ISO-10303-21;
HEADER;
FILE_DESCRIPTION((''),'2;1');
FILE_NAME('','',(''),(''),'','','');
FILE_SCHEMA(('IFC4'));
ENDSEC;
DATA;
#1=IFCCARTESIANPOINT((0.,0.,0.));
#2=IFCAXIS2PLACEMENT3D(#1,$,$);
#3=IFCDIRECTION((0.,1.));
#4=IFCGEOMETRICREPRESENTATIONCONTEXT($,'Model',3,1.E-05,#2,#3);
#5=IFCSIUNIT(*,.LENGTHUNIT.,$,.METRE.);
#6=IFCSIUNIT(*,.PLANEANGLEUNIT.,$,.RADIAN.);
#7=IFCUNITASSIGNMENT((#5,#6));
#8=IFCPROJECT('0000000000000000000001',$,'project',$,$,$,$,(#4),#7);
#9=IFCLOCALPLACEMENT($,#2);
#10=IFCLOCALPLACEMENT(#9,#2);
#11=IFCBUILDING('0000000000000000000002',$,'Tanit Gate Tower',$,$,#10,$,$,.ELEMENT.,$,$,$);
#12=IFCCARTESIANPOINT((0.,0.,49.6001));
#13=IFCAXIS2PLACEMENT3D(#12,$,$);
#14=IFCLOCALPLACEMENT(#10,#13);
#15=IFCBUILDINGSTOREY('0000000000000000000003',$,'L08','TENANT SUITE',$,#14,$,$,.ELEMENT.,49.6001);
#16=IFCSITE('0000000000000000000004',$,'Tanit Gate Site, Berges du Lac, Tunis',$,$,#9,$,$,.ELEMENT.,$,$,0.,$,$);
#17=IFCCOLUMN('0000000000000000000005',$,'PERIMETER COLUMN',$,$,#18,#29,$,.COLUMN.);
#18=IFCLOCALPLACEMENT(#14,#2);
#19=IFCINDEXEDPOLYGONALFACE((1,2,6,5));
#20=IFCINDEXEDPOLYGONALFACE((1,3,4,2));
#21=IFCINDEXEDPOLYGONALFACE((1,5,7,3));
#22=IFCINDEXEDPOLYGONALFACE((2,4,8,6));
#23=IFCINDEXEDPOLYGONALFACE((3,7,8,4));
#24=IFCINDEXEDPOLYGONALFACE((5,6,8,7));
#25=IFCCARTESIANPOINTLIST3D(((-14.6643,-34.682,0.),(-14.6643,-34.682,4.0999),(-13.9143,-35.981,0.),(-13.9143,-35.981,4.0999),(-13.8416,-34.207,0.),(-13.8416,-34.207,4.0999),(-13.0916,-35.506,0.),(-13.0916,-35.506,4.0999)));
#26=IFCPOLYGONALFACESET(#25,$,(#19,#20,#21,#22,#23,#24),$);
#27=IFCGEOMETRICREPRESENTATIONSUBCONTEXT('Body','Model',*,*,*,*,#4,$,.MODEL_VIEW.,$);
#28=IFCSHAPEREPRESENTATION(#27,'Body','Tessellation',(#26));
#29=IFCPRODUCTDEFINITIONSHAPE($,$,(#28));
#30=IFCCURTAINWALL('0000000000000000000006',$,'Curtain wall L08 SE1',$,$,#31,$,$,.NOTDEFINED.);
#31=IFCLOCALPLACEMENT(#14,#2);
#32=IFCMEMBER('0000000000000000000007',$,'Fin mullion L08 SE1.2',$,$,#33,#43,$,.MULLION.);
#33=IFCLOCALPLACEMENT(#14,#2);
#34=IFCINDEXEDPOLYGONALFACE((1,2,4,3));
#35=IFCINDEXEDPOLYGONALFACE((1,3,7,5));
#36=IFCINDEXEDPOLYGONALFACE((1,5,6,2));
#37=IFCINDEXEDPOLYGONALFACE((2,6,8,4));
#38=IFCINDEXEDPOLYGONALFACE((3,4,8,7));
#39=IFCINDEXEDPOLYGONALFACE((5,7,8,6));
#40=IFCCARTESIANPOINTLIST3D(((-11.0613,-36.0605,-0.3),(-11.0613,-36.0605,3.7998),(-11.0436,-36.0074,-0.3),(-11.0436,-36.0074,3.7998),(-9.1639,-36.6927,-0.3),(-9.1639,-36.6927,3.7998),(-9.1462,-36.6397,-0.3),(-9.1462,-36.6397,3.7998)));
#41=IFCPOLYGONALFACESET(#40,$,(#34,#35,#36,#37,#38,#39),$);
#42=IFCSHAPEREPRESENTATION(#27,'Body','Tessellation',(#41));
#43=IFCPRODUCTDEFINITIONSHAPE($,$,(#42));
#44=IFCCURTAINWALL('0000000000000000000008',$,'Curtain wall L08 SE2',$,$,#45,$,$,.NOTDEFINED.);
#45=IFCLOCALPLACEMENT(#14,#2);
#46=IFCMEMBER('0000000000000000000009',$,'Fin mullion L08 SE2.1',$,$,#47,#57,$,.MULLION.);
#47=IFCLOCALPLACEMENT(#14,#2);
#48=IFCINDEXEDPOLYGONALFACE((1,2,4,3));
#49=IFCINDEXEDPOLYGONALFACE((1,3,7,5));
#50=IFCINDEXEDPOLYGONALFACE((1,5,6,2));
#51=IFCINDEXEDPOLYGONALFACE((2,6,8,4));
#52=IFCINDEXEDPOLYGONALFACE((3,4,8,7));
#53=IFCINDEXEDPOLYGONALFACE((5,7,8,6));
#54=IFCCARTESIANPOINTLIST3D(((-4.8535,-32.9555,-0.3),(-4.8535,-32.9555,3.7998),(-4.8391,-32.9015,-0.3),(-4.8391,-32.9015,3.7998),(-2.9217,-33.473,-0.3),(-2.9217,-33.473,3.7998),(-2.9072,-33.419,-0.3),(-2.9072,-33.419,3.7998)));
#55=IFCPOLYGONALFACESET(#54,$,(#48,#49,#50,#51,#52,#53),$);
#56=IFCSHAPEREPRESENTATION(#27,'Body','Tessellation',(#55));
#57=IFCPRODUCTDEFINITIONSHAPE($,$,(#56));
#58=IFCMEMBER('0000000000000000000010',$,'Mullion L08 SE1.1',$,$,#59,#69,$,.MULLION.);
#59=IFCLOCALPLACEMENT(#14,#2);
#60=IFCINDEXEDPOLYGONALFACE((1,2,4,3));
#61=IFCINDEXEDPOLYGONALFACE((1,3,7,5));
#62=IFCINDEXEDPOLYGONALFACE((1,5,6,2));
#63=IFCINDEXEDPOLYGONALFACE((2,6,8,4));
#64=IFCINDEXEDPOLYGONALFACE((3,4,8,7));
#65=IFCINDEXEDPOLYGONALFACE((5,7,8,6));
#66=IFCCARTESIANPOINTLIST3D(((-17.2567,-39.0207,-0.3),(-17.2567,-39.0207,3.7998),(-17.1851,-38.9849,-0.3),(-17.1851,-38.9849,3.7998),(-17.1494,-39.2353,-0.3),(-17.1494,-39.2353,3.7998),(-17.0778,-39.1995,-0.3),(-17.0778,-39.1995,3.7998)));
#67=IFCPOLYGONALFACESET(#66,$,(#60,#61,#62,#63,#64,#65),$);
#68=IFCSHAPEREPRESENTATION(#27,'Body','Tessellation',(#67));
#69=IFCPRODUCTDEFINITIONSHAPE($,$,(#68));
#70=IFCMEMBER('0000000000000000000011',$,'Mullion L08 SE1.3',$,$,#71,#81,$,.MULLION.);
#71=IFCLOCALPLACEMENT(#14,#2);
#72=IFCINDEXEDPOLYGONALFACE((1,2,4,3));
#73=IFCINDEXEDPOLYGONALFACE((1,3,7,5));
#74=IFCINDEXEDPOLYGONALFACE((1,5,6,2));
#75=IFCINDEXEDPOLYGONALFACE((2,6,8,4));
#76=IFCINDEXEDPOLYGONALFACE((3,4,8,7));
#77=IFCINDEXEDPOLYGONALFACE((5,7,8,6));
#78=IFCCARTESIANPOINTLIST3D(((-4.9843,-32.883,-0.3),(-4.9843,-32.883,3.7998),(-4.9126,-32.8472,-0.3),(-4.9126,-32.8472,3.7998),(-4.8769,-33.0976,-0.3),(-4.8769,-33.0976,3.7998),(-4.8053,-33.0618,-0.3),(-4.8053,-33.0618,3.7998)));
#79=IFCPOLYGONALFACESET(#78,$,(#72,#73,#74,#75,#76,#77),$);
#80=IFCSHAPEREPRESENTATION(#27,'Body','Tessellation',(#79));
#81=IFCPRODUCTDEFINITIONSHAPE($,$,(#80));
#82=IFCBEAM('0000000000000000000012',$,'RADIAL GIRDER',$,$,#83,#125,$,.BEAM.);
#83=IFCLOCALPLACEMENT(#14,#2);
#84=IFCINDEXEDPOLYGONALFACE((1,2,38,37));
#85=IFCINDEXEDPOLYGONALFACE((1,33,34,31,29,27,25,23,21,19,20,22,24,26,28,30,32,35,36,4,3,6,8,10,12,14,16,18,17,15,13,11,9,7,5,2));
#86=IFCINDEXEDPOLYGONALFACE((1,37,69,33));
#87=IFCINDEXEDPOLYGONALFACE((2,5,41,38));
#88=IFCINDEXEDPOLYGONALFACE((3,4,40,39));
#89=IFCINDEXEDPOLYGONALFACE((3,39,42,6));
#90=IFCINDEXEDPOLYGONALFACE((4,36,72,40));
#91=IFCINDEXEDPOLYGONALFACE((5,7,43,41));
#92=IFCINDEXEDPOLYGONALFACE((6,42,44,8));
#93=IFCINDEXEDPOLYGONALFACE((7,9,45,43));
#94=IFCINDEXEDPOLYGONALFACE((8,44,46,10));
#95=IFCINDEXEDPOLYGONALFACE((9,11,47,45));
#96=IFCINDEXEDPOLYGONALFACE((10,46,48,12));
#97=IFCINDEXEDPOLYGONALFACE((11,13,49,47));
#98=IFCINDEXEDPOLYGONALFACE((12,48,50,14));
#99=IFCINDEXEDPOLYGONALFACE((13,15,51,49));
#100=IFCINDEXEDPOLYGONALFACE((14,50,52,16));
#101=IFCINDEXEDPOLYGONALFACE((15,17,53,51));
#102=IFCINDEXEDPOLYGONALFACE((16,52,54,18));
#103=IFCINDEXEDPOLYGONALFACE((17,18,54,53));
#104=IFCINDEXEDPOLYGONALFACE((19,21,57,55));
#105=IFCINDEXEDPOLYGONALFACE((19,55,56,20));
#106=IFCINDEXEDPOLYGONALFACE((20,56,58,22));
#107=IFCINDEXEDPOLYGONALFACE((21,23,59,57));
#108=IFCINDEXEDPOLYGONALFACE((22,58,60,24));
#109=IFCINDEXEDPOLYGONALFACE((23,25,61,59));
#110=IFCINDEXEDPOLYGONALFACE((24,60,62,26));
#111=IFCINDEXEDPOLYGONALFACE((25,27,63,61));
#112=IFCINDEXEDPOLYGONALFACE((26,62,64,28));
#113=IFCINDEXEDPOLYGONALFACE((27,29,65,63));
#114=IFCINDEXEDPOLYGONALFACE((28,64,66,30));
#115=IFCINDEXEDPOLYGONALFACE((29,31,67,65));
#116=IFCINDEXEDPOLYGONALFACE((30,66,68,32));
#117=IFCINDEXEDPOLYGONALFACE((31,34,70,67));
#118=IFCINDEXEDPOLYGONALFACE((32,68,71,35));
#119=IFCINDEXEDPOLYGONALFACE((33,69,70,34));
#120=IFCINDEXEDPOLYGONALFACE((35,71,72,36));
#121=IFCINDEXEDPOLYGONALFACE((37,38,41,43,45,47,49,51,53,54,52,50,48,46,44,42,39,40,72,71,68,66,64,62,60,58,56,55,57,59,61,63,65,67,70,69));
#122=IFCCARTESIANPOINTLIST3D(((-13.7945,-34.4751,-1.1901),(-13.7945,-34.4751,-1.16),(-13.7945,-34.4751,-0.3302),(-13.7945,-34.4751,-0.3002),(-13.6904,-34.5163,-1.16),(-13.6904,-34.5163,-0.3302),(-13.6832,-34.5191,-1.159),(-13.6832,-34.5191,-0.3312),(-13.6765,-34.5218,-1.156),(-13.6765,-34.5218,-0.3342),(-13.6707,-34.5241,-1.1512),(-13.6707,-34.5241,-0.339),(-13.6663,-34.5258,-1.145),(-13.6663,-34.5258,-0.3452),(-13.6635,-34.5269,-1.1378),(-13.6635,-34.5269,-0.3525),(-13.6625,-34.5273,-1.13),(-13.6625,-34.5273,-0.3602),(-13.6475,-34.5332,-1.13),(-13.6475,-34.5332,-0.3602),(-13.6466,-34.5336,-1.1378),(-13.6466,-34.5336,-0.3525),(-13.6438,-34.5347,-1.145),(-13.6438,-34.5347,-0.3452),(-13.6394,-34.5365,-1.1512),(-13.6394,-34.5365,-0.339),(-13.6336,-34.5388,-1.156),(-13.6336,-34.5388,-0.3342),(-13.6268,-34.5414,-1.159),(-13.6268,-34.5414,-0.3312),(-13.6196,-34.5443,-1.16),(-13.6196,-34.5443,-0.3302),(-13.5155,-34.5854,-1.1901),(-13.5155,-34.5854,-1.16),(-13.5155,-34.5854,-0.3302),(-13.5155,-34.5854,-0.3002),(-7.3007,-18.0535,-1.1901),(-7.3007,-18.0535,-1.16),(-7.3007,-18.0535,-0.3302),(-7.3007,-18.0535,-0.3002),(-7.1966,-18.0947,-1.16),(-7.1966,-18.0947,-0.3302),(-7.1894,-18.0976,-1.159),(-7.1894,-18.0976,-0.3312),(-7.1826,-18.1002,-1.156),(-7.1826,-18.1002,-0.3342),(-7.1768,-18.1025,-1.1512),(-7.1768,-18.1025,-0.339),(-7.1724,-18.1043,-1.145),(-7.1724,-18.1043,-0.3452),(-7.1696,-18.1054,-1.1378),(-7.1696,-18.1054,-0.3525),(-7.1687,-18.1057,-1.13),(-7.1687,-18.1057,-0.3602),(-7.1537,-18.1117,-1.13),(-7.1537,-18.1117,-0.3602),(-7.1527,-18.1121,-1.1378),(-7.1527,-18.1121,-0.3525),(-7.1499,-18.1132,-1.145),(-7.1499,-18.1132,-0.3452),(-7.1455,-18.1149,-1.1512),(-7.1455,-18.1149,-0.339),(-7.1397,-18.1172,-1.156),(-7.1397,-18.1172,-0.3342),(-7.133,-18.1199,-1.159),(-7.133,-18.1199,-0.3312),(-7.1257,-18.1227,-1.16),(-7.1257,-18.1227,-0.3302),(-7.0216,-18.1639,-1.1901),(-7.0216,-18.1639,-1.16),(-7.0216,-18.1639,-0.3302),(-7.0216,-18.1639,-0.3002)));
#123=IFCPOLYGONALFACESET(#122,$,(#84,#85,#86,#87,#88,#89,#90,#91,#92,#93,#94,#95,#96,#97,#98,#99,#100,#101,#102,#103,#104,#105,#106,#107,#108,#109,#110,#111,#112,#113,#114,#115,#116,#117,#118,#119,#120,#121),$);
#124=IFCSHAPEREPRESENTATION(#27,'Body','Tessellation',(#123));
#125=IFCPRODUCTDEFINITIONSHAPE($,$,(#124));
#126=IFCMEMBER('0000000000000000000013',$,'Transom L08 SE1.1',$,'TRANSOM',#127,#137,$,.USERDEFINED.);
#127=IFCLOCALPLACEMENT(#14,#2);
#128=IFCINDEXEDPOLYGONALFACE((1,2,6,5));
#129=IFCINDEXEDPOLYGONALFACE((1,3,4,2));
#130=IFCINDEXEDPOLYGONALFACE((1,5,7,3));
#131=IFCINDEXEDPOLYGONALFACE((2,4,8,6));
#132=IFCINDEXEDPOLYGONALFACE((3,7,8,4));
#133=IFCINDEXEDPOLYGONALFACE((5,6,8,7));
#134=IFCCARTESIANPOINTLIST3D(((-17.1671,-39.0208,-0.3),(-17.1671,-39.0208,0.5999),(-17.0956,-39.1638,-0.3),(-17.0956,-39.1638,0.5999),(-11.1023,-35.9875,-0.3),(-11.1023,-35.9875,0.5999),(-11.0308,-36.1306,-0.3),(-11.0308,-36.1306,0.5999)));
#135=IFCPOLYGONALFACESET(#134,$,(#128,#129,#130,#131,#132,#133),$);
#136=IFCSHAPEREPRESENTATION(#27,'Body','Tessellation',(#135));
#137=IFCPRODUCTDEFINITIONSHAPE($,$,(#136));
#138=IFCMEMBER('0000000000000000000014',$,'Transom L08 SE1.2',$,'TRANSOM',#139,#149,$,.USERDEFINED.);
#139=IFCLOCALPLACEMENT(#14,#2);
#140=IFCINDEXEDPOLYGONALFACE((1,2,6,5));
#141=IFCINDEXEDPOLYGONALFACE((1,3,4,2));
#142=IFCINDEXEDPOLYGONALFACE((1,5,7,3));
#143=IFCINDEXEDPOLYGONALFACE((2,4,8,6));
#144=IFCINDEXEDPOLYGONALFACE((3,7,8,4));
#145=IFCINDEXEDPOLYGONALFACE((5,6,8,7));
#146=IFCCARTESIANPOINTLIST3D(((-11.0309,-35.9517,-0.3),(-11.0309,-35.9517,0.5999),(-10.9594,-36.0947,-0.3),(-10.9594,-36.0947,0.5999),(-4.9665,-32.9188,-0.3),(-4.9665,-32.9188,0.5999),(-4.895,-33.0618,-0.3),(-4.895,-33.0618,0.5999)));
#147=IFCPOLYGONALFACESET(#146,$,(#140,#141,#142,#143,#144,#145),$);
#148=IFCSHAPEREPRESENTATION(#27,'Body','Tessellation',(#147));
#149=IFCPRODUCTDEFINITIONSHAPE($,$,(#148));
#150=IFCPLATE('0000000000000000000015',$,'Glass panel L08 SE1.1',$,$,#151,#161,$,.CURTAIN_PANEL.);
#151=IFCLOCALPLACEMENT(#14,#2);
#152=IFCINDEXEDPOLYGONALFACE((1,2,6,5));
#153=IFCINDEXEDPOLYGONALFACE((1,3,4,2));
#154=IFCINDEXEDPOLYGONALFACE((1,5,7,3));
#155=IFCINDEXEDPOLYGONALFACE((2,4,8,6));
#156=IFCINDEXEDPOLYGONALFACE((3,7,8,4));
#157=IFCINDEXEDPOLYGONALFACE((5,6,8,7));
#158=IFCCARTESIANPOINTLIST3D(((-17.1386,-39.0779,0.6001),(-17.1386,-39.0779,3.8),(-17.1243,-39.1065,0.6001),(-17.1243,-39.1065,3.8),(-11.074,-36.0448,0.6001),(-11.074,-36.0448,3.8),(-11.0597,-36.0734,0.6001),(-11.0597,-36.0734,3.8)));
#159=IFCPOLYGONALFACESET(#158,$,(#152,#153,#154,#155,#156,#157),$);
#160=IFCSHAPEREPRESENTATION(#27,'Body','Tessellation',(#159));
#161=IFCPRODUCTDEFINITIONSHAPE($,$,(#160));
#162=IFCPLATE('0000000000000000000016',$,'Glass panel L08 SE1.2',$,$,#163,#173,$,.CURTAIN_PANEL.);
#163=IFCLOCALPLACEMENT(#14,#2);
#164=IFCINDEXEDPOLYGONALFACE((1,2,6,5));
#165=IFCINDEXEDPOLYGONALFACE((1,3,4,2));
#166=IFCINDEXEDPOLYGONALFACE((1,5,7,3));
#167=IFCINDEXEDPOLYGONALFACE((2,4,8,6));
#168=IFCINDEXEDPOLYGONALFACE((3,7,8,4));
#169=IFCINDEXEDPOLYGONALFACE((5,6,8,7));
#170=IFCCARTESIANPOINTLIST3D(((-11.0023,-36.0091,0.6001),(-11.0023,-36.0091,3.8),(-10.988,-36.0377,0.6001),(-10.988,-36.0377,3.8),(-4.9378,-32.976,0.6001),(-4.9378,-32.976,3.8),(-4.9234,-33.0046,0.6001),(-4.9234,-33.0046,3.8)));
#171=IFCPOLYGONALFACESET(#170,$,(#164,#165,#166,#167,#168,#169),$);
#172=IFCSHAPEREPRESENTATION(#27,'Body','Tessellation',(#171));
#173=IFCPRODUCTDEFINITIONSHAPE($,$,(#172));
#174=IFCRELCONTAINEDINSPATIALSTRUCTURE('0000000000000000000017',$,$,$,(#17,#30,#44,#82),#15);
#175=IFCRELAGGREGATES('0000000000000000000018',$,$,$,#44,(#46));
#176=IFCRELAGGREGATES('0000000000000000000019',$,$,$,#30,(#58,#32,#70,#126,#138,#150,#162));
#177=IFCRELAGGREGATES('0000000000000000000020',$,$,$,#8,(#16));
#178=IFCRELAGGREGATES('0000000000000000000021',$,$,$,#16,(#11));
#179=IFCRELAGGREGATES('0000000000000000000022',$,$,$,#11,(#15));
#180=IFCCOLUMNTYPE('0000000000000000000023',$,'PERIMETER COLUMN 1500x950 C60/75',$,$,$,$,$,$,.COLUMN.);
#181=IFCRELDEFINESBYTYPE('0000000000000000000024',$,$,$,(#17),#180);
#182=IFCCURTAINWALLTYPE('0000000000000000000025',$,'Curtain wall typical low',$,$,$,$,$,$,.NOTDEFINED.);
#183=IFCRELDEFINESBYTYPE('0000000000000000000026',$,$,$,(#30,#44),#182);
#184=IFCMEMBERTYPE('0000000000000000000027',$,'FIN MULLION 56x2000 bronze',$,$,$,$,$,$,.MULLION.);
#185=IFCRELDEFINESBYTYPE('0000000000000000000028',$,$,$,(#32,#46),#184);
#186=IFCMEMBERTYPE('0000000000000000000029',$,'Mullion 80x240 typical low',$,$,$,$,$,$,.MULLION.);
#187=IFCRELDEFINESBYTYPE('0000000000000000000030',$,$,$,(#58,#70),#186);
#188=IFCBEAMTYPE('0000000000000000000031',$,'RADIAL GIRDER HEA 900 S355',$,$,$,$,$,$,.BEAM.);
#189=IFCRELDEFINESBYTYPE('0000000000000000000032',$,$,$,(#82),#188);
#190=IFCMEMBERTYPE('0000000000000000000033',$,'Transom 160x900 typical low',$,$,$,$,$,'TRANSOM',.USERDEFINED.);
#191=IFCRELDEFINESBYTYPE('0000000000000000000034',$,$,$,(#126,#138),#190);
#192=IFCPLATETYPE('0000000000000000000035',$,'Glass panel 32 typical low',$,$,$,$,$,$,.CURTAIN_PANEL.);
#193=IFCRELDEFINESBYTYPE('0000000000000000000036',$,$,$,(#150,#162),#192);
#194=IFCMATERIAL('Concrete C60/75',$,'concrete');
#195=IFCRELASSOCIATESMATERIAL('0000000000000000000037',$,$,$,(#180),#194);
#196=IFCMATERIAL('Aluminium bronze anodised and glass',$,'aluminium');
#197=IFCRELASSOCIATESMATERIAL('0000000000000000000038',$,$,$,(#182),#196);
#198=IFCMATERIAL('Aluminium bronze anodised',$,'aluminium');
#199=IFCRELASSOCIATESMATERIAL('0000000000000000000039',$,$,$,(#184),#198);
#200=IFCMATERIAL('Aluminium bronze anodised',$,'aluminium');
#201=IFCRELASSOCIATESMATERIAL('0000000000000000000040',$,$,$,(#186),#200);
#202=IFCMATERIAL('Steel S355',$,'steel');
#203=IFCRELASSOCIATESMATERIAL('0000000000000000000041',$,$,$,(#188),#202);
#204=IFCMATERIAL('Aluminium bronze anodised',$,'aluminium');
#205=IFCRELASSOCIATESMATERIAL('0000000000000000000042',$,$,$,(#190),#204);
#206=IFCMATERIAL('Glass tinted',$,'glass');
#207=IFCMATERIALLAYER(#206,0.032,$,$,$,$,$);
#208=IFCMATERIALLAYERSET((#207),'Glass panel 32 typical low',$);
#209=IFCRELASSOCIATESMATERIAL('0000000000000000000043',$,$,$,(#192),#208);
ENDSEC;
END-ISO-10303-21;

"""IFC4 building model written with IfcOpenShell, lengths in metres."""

from ifc_helpers import new_model, si_unit, direction, frame, origin, origin_2d, place, context, subcontext, project, spatial, rectangle, i_section, extrude, material, layer, layer_set, material_profile, profile_set, type_object, element, aggregate, save


model = new_model("IFC4")

# Units and contexts
model_context = context("Model", 3, precision=1e-05, world=origin(), true_north=direction((0.0, 1.0)))
body_context = subcontext(model_context, "Body", "Model", "MODEL_VIEW")
ifc_project = project(units=[si_unit("LENGTHUNIT", "METRE"), si_unit("PLANEANGLEUNIT", "RADIAN")], contexts=[model_context])

# Site, building, storey
site_placement = place(None, origin())
site = spatial("IfcSite", under=ifc_project, at=site_placement, Name="Tanit Gate Site, Berges du Lac, Tunis", CompositionType="ELEMENT", RefElevation=0.0)
building_placement = place(site_placement, origin())
building = spatial("IfcBuilding", under=site, at=building_placement, Name="Tanit Gate Tower", CompositionType="ELEMENT")
storey_placement = place(building_placement, frame((0.0, 0.0, 49.6001)))
storey = spatial("IfcBuildingStorey", under=building, at=storey_placement, Name="L08", Description="TENANT SUITE", CompositionType="ELEMENT", Elevation=49.6001)

# Column
ifc_material_1 = material(Name="Concrete C60/75", Category="concrete")
ifc_material_profile_1 = material_profile(ifc_material_1, rectangle(XDim=1.5, YDim=0.95, at=origin_2d()), Name="RC 1500x950")
ifc_profile_set_1 = profile_set([ifc_material_profile_1], Name="Concrete C60/75")
column_type = type_object("IfcColumnType", Name="PERIMETER COLUMN 1500x950 C60/75", PredefinedType="COLUMN", material=ifc_profile_set_1)
column_placement = place(storey_placement, frame((-13.8779, -35.094, 0.0), z_axis=(0.0, 0.0, 1.0), x_axis=(0.5, -0.866025, 0.0)))
element("IfcColumn", 1, at=column_placement, inside=storey, type_object=column_type, Name="PERIMETER COLUMN", PredefinedType="COLUMN", context=body_context, shape_type="SweptSolid", body=[
    extrude(rectangle(XDim=1.5, YDim=0.95, at=origin_2d()), origin(), (0.0, 0.0, 1.0), 4.0999),
])

# Curtain walls, members
ifc_material_2 = material(Name="Aluminium bronze anodised and glass", Category="aluminium")
curtain_wall_type = type_object("IfcCurtainWallType", Name="Curtain wall typical low", PredefinedType="NOTDEFINED", material=ifc_material_2)
curtain_wall_1_placement = place(storey_placement, origin())
curtain_wall_1 = element("IfcCurtainWall", 2, at=curtain_wall_1_placement, inside=storey, type_object=curtain_wall_type, Name="Curtain wall L08 SE1", PredefinedType="NOTDEFINED")
ifc_material_3 = material(Name="Aluminium bronze anodised", Category="aluminium")
ifc_material_profile_2 = material_profile(ifc_material_3, rectangle(XDim=2.0, YDim=0.0559, at=origin_2d()), Name="56x2000 bronze fin mullion")
ifc_profile_set_2 = profile_set([ifc_material_profile_2], Name="Aluminium bronze anodised")
member_type_1 = type_object("IfcMemberType", Name="FIN MULLION 56x2000 bronze", PredefinedType="MULLION", material=ifc_profile_set_2)
member_1_placement = place(storey_placement, frame((-10.1038, -36.3501, -0.3), z_axis=(0.0, 0.0, 1.0), x_axis=(-0.948716, 0.316129, 0.0)))
member_1 = element("IfcMember", 3, at=member_1_placement, type_object=member_type_1, Name="Fin mullion L08 SE1.2", PredefinedType="MULLION", context=body_context, shape_type="SweptSolid", body=[
    extrude(rectangle(XDim=2.0, YDim=0.0559, at=origin_2d()), origin(), (0.0, 0.0, 1.0), 4.0999),
])
curtain_wall_2_placement = place(storey_placement, origin())
curtain_wall_2 = element("IfcCurtainWall", 4, at=curtain_wall_2_placement, inside=storey, type_object=curtain_wall_type, Name="Curtain wall L08 SE2", PredefinedType="NOTDEFINED")
member_2_placement = place(storey_placement, frame((-3.8804, -33.1873, -0.3), z_axis=(0.0, 0.0, 1.0), x_axis=(-0.965944, 0.258752, 0.0)))
member_2 = element("IfcMember", 5, at=member_2_placement, type_object=member_type_1, Name="Fin mullion L08 SE2.1", PredefinedType="MULLION", context=body_context, shape_type="SweptSolid", body=[
    extrude(rectangle(XDim=2.0, YDim=0.0559, at=origin_2d()), origin(), (0.0, 0.0, 1.0), 4.0999),
])
aggregate(curtain_wall_2, [member_2])

# Members
ifc_material_4 = material(Name="Aluminium bronze anodised", Category="aluminium")
ifc_material_profile_3 = material_profile(ifc_material_4, rectangle(XDim=0.24, YDim=0.0801, at=origin_2d()), Name="80x240 bronze mullion")
ifc_profile_set_3 = profile_set([ifc_material_profile_3], Name="Aluminium bronze anodised")
member_type_2 = type_object("IfcMemberType", Name="Mullion 80x240 typical low", PredefinedType="MULLION", material=ifc_profile_set_3)
member_3_placement = place(storey_placement, frame((-17.1672, -39.1101, -0.3), z_axis=(0.0, 0.0, 1.0), x_axis=(-0.447307, 0.894381, 0.0)))
member_3 = element("IfcMember", 6, at=member_3_placement, type_object=member_type_2, Name="Mullion L08 SE1.1", PredefinedType="MULLION", context=body_context, shape_type="SweptSolid", body=[
    extrude(rectangle(XDim=0.24, YDim=0.0801, at=origin_2d()), origin(), (0.0, 0.0, 1.0), 4.0999),
])
member_4_placement = place(storey_placement, frame((-4.8948, -32.9724, -0.3), z_axis=(0.0, 0.0, 1.0), x_axis=(-0.447307, 0.894381, 0.0)))
member_4 = element("IfcMember", 7, at=member_4_placement, type_object=member_type_2, Name="Mullion L08 SE1.3", PredefinedType="MULLION", context=body_context, shape_type="SweptSolid", body=[
    extrude(rectangle(XDim=0.24, YDim=0.0801, at=origin_2d()), origin(), (0.0, 0.0, 1.0), 4.0999),
])

# Beam
ifc_material_5 = material(Name="Steel S355", Category="steel")
ifc_material_profile_4 = material_profile(ifc_material_5, i_section(OverallWidth=0.3, OverallDepth=0.8899, WebThickness=0.0161, FlangeThickness=0.03, FilletRadius=0.03, at=origin_2d()), Name="HEA 900")
ifc_profile_set_4 = profile_set([ifc_material_profile_4], Name="Steel S355")
beam_type = type_object("IfcBeamType", Name="RADIAL GIRDER HEA 900 S355", PredefinedType="BEAM", material=ifc_profile_set_4)
beam_placement = place(storey_placement, frame((-13.655, -34.5303, -0.7451), z_axis=(0.367738, 0.929929, 0.0), x_axis=(-0.929929, 0.367738, 0.0)))
element("IfcBeam", 8, at=beam_placement, inside=storey, type_object=beam_type, Name="RADIAL GIRDER", PredefinedType="BEAM", context=body_context, shape_type="SweptSolid", body=[
    extrude(i_section(OverallWidth=0.3, OverallDepth=0.8899, WebThickness=0.0161, FlangeThickness=0.03, FilletRadius=0.03, at=origin_2d()), origin(), (0.0, 0.0, 1.0), 17.6589),
])

# Members
ifc_material_6 = material(Name="Aluminium bronze anodised", Category="aluminium")
ifc_material_profile_5 = material_profile(ifc_material_6, rectangle(XDim=0.1599, YDim=0.8999, at=origin_2d()), Name="160x900 bronze transom")
ifc_profile_set_5 = profile_set([ifc_material_profile_5], Name="Aluminium bronze anodised")
member_type_3 = type_object("IfcMemberType", Name="Transom 160x900 typical low", ElementType="TRANSOM", PredefinedType="USERDEFINED", material=ifc_profile_set_5)
member_5_placement = place(storey_placement, frame((-17.1313, -39.0923, 0.1499), z_axis=(0.894377, 0.447314, 0.0), x_axis=(-0.447314, 0.894377, 0.0)))
member_5 = element("IfcMember", 9, at=member_5_placement, type_object=member_type_3, Name="Transom L08 SE1.1", ObjectType="TRANSOM", PredefinedType="USERDEFINED", context=body_context, shape_type="SweptSolid", body=[
    extrude(rectangle(XDim=0.1599, YDim=0.8999, at=origin_2d()), origin(), (0.0, 0.0, 1.0), 6.781),
])
member_6_placement = place(storey_placement, frame((-10.9951, -36.0232, 0.1499), z_axis=(0.894384, 0.4473, 0.0), x_axis=(-0.4473, 0.894384, 0.0)))
member_6 = element("IfcMember", 10, at=member_6_placement, type_object=member_type_3, Name="Transom L08 SE1.2", ObjectType="TRANSOM", PredefinedType="USERDEFINED", context=body_context, shape_type="SweptSolid", body=[
    extrude(rectangle(XDim=0.1599, YDim=0.8999, at=origin_2d()), origin(), (0.0, 0.0, 1.0), 6.7805),
])

# Plates
ifc_material_7 = material(Name="Glass tinted", Category="glass")
ifc_layer = layer(ifc_material_7, 0.032)
ifc_layer_set = layer_set([ifc_layer], Name="Glass panel 32 typical low")
plate_type = type_object("IfcPlateType", Name="Glass panel 32 typical low", PredefinedType="CURTAIN_PANEL", material=ifc_layer_set)
plate_1_placement = place(storey_placement, frame((-14.0991, -37.5757, 0.6001), z_axis=(0.0, 0.0, 1.0), x_axis=(0.894381, 0.447307, 0.0)))
plate_1 = element("IfcPlate", 11, at=plate_1_placement, type_object=plate_type, Name="Glass panel L08 SE1.1", PredefinedType="CURTAIN_PANEL", context=body_context, shape_type="SweptSolid", body=[
    extrude(rectangle(XDim=6.7808, YDim=0.032, at=origin_2d()), origin(), (0.0, 0.0, 1.0), 3.2),
])
plate_2_placement = place(storey_placement, frame((-7.9629, -34.5068, 0.6001), z_axis=(0.0, 0.0, 1.0), x_axis=(0.894381, 0.447307, 0.0)))
plate_2 = element("IfcPlate", 12, at=plate_2_placement, type_object=plate_type, Name="Glass panel L08 SE1.2", PredefinedType="CURTAIN_PANEL", context=body_context, shape_type="SweptSolid", body=[
    extrude(rectangle(XDim=6.7808, YDim=0.032, at=origin_2d()), origin(), (0.0, 0.0, 1.0), 3.2),
])
aggregate(curtain_wall_1, [member_3, member_1, member_4, member_5, member_6, plate_1, plate_2])

save(model, "model.ifc")
